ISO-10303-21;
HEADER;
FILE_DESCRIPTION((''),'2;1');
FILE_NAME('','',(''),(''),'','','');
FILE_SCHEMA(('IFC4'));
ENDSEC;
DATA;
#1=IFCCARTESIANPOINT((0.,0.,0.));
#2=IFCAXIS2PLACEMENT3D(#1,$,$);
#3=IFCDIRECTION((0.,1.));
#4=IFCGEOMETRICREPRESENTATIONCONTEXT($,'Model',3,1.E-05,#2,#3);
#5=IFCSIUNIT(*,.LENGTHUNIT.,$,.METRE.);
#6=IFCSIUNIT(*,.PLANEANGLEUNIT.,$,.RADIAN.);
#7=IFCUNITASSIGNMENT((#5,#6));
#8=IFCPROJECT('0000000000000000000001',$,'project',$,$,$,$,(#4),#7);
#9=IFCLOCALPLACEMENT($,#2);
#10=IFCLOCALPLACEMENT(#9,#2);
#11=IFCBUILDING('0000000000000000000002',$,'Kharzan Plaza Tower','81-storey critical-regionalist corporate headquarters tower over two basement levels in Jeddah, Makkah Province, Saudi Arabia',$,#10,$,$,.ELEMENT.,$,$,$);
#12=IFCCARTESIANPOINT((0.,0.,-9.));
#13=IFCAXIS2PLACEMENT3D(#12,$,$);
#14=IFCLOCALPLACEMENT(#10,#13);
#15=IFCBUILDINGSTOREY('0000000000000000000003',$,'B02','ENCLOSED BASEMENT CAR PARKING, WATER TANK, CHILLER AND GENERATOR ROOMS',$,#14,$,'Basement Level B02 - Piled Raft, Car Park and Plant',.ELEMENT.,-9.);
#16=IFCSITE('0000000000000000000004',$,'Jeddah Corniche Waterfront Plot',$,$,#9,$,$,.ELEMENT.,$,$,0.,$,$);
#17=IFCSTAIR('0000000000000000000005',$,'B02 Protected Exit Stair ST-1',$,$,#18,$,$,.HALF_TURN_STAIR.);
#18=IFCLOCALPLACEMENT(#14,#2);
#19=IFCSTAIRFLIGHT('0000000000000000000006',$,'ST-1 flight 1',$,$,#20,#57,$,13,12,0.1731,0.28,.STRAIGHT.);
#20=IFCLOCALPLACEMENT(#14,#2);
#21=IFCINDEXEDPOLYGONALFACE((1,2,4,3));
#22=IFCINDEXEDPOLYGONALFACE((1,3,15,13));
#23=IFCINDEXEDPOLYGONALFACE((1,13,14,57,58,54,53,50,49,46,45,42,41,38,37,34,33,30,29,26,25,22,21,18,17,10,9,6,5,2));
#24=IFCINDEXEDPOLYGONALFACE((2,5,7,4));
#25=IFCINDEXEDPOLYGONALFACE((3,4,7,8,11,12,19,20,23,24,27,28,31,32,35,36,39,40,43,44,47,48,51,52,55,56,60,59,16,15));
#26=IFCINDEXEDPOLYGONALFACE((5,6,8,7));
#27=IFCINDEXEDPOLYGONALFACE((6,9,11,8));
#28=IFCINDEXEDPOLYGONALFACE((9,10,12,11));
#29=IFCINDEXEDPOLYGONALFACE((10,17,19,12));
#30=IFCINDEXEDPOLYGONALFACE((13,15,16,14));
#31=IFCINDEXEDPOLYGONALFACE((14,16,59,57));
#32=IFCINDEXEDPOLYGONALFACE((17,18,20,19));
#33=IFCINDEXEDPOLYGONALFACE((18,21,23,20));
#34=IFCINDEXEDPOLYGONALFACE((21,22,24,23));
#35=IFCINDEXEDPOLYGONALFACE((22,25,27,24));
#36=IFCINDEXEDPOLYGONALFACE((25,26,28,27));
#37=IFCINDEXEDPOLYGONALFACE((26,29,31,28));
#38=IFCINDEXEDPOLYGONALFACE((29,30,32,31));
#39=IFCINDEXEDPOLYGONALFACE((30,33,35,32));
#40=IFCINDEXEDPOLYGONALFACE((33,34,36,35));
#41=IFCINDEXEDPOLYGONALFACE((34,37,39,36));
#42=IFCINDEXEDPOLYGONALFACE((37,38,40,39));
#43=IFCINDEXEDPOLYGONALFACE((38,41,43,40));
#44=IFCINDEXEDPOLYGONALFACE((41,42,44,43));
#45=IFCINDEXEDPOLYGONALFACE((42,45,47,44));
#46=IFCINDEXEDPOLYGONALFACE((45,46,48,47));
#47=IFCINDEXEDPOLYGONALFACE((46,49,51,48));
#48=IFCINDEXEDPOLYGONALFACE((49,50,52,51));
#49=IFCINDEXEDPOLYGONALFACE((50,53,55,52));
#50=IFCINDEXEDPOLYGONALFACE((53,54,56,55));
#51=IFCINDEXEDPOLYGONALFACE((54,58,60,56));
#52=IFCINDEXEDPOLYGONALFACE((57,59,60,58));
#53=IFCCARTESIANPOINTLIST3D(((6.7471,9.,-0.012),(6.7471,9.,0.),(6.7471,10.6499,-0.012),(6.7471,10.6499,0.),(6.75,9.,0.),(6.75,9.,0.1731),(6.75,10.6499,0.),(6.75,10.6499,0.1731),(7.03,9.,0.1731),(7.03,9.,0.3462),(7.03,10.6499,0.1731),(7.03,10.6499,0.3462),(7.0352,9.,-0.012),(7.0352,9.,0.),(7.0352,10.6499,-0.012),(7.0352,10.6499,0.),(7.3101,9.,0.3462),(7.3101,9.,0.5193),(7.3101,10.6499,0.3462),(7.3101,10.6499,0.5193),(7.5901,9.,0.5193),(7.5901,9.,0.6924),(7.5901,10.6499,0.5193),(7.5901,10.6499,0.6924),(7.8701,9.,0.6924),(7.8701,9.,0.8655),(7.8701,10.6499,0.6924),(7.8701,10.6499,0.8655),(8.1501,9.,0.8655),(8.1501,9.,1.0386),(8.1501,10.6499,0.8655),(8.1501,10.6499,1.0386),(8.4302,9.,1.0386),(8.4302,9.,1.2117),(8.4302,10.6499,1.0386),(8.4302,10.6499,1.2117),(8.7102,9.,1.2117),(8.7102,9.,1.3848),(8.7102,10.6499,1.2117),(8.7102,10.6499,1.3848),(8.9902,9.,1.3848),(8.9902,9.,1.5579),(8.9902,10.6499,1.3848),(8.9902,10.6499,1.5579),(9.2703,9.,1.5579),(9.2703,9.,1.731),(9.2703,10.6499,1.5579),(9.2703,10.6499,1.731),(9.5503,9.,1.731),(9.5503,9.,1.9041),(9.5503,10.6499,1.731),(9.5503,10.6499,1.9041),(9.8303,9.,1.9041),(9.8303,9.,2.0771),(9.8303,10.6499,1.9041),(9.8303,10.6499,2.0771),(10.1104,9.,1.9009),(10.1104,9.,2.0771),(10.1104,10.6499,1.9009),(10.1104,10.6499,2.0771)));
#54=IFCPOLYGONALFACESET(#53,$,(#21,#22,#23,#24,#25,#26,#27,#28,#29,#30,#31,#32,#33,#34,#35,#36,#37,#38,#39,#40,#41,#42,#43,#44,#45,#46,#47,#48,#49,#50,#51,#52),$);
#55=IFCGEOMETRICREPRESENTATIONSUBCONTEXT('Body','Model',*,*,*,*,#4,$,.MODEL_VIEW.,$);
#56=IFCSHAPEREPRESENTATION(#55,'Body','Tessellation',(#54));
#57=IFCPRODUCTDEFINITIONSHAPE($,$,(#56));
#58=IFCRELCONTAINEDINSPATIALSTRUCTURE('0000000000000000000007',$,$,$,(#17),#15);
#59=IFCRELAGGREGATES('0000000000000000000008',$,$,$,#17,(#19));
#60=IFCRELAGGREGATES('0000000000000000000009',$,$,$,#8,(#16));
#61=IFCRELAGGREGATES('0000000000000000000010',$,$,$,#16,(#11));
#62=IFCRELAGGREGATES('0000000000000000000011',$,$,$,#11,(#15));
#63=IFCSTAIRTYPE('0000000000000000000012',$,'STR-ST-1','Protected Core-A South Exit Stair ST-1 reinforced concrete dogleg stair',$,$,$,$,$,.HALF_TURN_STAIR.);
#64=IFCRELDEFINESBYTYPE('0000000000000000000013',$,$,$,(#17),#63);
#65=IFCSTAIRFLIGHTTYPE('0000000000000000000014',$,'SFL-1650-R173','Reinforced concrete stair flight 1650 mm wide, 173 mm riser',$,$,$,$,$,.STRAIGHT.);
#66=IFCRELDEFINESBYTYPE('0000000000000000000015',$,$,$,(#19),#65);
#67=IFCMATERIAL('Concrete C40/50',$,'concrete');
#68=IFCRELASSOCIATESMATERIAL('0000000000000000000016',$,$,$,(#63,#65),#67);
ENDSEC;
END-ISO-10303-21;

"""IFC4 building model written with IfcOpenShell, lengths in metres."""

from ifc_helpers import new_model, si_unit, direction, frame, origin, place, context, subcontext, project, spatial, polyline, outline, extrude, source, transform, mapped, material, type_object, element, aggregate, save


model = new_model("IFC4")

# Units and contexts
model_context = context("Model", 3, precision=1e-05, world=origin(), true_north=direction((0.0, 1.0)))
body_context = subcontext(model_context, "Body", "Model", "MODEL_VIEW")
ifc_project = project(units=[si_unit("LENGTHUNIT", "METRE"), si_unit("PLANEANGLEUNIT", "RADIAN")], contexts=[model_context])

# Site, building, storey
site_placement = place(None, origin())
site = spatial("IfcSite", under=ifc_project, at=site_placement, Name="Jeddah Corniche Waterfront Plot", CompositionType="ELEMENT", RefElevation=0.0)
building_placement = place(site_placement, origin())
building = spatial("IfcBuilding", under=site, at=building_placement, Name="Kharzan Plaza Tower", Description="81-storey critical-regionalist corporate headquarters tower over two basement levels in Jeddah, Makkah Province, Saudi Arabia", CompositionType="ELEMENT")
storey_placement = place(building_placement, frame((0.0, 0.0, -9.0)))
storey = spatial("IfcBuildingStorey", under=building, at=storey_placement, Name="B02", Description="ENCLOSED BASEMENT CAR PARKING, WATER TANK, CHILLER AND GENERATOR ROOMS", LongName="Basement Level B02 - Piled Raft, Car Park and Plant", CompositionType="ELEMENT", Elevation=-9.0)

# Shared definitions
ifc_material_1 = material(Name="Concrete C40/50", Category="concrete")

# Stair, stair flight
stair_type = type_object("IfcStairType", Name="STR-ST-1", Description="Protected Core-A South Exit Stair ST-1 reinforced concrete dogleg stair", PredefinedType="HALF_TURN_STAIR", material=ifc_material_1)
stair_placement = place(storey_placement, origin())
stair = element("IfcStair", 1, at=stair_placement, inside=storey, type_object=stair_type, Name="B02 Protected Exit Stair ST-1", PredefinedType="HALF_TURN_STAIR")
stair_flight_type = type_object("IfcStairFlightType", Name="SFL-1650-R173", Description="Reinforced concrete stair flight 1650 mm wide, 173 mm riser", PredefinedType="STRAIGHT", material=ifc_material_1)
shared_shape_1 = source(origin(), body_context, "Body", "SweptSolid", [
    extrude(outline(polyline([(-0.0029, -0.012), (-0.0029, 0.0), (0.0, 0.0), (0.0, 0.1731), (0.28, 0.1731), (0.28, 0.3462), (0.5601, 0.3462), (0.5601, 0.5193), (0.8401, 0.5193), (0.8401, 0.6924), (1.1201, 0.6924), (1.1201, 0.8655), (1.4001, 0.8655), (1.4001, 1.0386), (1.6802, 1.0386), (1.6802, 1.2117), (1.9602, 1.2117), (1.9602, 1.3848), (2.2402, 1.3848), (2.2402, 1.5579), (2.5203, 1.5579), (2.5203, 1.731), (2.8003, 1.731), (2.8003, 1.9041), (3.0803, 1.9041), (3.0803, 2.0771), (3.3604, 2.0771), (3.3604, 2.2502), (3.3604, 1.9009), (0.2852, 0.0), (0.2852, -0.012), (-0.0029, -0.012)])), frame((0.0, 0.825, 0.0), z_axis=(0.0, -1.0, 0.0), x_axis=(1.0, 0.0, 0.0)), (0.0, 0.0, 1.0), 1.6499),
])
stair_flight_placement = place(storey_placement, frame((6.75, 9.825, 0.0), z_axis=(0.0, 0.0, 1.0), x_axis=(1.0, 0.0, 0.0)))
stair_flight = element("IfcStairFlight", 2, at=stair_flight_placement, type_object=stair_flight_type, Name="ST-1 flight 1", NumberOfRisers=13, NumberOfTreads=12, PredefinedType="STRAIGHT", RiserHeight=0.1731, TreadLength=0.28, context=body_context, shape_type="MappedRepresentation", body=[
    mapped(shared_shape_1, transform((0.0, 0.0, 0.0), x_axis=(1.0, 0.0, 0.0), y_axis=(0.0, 1.0, 0.0), z_axis=(0.0, 0.0, 1.0))),
])
aggregate(stair, [stair_flight])

save(model, "model.ifc")
